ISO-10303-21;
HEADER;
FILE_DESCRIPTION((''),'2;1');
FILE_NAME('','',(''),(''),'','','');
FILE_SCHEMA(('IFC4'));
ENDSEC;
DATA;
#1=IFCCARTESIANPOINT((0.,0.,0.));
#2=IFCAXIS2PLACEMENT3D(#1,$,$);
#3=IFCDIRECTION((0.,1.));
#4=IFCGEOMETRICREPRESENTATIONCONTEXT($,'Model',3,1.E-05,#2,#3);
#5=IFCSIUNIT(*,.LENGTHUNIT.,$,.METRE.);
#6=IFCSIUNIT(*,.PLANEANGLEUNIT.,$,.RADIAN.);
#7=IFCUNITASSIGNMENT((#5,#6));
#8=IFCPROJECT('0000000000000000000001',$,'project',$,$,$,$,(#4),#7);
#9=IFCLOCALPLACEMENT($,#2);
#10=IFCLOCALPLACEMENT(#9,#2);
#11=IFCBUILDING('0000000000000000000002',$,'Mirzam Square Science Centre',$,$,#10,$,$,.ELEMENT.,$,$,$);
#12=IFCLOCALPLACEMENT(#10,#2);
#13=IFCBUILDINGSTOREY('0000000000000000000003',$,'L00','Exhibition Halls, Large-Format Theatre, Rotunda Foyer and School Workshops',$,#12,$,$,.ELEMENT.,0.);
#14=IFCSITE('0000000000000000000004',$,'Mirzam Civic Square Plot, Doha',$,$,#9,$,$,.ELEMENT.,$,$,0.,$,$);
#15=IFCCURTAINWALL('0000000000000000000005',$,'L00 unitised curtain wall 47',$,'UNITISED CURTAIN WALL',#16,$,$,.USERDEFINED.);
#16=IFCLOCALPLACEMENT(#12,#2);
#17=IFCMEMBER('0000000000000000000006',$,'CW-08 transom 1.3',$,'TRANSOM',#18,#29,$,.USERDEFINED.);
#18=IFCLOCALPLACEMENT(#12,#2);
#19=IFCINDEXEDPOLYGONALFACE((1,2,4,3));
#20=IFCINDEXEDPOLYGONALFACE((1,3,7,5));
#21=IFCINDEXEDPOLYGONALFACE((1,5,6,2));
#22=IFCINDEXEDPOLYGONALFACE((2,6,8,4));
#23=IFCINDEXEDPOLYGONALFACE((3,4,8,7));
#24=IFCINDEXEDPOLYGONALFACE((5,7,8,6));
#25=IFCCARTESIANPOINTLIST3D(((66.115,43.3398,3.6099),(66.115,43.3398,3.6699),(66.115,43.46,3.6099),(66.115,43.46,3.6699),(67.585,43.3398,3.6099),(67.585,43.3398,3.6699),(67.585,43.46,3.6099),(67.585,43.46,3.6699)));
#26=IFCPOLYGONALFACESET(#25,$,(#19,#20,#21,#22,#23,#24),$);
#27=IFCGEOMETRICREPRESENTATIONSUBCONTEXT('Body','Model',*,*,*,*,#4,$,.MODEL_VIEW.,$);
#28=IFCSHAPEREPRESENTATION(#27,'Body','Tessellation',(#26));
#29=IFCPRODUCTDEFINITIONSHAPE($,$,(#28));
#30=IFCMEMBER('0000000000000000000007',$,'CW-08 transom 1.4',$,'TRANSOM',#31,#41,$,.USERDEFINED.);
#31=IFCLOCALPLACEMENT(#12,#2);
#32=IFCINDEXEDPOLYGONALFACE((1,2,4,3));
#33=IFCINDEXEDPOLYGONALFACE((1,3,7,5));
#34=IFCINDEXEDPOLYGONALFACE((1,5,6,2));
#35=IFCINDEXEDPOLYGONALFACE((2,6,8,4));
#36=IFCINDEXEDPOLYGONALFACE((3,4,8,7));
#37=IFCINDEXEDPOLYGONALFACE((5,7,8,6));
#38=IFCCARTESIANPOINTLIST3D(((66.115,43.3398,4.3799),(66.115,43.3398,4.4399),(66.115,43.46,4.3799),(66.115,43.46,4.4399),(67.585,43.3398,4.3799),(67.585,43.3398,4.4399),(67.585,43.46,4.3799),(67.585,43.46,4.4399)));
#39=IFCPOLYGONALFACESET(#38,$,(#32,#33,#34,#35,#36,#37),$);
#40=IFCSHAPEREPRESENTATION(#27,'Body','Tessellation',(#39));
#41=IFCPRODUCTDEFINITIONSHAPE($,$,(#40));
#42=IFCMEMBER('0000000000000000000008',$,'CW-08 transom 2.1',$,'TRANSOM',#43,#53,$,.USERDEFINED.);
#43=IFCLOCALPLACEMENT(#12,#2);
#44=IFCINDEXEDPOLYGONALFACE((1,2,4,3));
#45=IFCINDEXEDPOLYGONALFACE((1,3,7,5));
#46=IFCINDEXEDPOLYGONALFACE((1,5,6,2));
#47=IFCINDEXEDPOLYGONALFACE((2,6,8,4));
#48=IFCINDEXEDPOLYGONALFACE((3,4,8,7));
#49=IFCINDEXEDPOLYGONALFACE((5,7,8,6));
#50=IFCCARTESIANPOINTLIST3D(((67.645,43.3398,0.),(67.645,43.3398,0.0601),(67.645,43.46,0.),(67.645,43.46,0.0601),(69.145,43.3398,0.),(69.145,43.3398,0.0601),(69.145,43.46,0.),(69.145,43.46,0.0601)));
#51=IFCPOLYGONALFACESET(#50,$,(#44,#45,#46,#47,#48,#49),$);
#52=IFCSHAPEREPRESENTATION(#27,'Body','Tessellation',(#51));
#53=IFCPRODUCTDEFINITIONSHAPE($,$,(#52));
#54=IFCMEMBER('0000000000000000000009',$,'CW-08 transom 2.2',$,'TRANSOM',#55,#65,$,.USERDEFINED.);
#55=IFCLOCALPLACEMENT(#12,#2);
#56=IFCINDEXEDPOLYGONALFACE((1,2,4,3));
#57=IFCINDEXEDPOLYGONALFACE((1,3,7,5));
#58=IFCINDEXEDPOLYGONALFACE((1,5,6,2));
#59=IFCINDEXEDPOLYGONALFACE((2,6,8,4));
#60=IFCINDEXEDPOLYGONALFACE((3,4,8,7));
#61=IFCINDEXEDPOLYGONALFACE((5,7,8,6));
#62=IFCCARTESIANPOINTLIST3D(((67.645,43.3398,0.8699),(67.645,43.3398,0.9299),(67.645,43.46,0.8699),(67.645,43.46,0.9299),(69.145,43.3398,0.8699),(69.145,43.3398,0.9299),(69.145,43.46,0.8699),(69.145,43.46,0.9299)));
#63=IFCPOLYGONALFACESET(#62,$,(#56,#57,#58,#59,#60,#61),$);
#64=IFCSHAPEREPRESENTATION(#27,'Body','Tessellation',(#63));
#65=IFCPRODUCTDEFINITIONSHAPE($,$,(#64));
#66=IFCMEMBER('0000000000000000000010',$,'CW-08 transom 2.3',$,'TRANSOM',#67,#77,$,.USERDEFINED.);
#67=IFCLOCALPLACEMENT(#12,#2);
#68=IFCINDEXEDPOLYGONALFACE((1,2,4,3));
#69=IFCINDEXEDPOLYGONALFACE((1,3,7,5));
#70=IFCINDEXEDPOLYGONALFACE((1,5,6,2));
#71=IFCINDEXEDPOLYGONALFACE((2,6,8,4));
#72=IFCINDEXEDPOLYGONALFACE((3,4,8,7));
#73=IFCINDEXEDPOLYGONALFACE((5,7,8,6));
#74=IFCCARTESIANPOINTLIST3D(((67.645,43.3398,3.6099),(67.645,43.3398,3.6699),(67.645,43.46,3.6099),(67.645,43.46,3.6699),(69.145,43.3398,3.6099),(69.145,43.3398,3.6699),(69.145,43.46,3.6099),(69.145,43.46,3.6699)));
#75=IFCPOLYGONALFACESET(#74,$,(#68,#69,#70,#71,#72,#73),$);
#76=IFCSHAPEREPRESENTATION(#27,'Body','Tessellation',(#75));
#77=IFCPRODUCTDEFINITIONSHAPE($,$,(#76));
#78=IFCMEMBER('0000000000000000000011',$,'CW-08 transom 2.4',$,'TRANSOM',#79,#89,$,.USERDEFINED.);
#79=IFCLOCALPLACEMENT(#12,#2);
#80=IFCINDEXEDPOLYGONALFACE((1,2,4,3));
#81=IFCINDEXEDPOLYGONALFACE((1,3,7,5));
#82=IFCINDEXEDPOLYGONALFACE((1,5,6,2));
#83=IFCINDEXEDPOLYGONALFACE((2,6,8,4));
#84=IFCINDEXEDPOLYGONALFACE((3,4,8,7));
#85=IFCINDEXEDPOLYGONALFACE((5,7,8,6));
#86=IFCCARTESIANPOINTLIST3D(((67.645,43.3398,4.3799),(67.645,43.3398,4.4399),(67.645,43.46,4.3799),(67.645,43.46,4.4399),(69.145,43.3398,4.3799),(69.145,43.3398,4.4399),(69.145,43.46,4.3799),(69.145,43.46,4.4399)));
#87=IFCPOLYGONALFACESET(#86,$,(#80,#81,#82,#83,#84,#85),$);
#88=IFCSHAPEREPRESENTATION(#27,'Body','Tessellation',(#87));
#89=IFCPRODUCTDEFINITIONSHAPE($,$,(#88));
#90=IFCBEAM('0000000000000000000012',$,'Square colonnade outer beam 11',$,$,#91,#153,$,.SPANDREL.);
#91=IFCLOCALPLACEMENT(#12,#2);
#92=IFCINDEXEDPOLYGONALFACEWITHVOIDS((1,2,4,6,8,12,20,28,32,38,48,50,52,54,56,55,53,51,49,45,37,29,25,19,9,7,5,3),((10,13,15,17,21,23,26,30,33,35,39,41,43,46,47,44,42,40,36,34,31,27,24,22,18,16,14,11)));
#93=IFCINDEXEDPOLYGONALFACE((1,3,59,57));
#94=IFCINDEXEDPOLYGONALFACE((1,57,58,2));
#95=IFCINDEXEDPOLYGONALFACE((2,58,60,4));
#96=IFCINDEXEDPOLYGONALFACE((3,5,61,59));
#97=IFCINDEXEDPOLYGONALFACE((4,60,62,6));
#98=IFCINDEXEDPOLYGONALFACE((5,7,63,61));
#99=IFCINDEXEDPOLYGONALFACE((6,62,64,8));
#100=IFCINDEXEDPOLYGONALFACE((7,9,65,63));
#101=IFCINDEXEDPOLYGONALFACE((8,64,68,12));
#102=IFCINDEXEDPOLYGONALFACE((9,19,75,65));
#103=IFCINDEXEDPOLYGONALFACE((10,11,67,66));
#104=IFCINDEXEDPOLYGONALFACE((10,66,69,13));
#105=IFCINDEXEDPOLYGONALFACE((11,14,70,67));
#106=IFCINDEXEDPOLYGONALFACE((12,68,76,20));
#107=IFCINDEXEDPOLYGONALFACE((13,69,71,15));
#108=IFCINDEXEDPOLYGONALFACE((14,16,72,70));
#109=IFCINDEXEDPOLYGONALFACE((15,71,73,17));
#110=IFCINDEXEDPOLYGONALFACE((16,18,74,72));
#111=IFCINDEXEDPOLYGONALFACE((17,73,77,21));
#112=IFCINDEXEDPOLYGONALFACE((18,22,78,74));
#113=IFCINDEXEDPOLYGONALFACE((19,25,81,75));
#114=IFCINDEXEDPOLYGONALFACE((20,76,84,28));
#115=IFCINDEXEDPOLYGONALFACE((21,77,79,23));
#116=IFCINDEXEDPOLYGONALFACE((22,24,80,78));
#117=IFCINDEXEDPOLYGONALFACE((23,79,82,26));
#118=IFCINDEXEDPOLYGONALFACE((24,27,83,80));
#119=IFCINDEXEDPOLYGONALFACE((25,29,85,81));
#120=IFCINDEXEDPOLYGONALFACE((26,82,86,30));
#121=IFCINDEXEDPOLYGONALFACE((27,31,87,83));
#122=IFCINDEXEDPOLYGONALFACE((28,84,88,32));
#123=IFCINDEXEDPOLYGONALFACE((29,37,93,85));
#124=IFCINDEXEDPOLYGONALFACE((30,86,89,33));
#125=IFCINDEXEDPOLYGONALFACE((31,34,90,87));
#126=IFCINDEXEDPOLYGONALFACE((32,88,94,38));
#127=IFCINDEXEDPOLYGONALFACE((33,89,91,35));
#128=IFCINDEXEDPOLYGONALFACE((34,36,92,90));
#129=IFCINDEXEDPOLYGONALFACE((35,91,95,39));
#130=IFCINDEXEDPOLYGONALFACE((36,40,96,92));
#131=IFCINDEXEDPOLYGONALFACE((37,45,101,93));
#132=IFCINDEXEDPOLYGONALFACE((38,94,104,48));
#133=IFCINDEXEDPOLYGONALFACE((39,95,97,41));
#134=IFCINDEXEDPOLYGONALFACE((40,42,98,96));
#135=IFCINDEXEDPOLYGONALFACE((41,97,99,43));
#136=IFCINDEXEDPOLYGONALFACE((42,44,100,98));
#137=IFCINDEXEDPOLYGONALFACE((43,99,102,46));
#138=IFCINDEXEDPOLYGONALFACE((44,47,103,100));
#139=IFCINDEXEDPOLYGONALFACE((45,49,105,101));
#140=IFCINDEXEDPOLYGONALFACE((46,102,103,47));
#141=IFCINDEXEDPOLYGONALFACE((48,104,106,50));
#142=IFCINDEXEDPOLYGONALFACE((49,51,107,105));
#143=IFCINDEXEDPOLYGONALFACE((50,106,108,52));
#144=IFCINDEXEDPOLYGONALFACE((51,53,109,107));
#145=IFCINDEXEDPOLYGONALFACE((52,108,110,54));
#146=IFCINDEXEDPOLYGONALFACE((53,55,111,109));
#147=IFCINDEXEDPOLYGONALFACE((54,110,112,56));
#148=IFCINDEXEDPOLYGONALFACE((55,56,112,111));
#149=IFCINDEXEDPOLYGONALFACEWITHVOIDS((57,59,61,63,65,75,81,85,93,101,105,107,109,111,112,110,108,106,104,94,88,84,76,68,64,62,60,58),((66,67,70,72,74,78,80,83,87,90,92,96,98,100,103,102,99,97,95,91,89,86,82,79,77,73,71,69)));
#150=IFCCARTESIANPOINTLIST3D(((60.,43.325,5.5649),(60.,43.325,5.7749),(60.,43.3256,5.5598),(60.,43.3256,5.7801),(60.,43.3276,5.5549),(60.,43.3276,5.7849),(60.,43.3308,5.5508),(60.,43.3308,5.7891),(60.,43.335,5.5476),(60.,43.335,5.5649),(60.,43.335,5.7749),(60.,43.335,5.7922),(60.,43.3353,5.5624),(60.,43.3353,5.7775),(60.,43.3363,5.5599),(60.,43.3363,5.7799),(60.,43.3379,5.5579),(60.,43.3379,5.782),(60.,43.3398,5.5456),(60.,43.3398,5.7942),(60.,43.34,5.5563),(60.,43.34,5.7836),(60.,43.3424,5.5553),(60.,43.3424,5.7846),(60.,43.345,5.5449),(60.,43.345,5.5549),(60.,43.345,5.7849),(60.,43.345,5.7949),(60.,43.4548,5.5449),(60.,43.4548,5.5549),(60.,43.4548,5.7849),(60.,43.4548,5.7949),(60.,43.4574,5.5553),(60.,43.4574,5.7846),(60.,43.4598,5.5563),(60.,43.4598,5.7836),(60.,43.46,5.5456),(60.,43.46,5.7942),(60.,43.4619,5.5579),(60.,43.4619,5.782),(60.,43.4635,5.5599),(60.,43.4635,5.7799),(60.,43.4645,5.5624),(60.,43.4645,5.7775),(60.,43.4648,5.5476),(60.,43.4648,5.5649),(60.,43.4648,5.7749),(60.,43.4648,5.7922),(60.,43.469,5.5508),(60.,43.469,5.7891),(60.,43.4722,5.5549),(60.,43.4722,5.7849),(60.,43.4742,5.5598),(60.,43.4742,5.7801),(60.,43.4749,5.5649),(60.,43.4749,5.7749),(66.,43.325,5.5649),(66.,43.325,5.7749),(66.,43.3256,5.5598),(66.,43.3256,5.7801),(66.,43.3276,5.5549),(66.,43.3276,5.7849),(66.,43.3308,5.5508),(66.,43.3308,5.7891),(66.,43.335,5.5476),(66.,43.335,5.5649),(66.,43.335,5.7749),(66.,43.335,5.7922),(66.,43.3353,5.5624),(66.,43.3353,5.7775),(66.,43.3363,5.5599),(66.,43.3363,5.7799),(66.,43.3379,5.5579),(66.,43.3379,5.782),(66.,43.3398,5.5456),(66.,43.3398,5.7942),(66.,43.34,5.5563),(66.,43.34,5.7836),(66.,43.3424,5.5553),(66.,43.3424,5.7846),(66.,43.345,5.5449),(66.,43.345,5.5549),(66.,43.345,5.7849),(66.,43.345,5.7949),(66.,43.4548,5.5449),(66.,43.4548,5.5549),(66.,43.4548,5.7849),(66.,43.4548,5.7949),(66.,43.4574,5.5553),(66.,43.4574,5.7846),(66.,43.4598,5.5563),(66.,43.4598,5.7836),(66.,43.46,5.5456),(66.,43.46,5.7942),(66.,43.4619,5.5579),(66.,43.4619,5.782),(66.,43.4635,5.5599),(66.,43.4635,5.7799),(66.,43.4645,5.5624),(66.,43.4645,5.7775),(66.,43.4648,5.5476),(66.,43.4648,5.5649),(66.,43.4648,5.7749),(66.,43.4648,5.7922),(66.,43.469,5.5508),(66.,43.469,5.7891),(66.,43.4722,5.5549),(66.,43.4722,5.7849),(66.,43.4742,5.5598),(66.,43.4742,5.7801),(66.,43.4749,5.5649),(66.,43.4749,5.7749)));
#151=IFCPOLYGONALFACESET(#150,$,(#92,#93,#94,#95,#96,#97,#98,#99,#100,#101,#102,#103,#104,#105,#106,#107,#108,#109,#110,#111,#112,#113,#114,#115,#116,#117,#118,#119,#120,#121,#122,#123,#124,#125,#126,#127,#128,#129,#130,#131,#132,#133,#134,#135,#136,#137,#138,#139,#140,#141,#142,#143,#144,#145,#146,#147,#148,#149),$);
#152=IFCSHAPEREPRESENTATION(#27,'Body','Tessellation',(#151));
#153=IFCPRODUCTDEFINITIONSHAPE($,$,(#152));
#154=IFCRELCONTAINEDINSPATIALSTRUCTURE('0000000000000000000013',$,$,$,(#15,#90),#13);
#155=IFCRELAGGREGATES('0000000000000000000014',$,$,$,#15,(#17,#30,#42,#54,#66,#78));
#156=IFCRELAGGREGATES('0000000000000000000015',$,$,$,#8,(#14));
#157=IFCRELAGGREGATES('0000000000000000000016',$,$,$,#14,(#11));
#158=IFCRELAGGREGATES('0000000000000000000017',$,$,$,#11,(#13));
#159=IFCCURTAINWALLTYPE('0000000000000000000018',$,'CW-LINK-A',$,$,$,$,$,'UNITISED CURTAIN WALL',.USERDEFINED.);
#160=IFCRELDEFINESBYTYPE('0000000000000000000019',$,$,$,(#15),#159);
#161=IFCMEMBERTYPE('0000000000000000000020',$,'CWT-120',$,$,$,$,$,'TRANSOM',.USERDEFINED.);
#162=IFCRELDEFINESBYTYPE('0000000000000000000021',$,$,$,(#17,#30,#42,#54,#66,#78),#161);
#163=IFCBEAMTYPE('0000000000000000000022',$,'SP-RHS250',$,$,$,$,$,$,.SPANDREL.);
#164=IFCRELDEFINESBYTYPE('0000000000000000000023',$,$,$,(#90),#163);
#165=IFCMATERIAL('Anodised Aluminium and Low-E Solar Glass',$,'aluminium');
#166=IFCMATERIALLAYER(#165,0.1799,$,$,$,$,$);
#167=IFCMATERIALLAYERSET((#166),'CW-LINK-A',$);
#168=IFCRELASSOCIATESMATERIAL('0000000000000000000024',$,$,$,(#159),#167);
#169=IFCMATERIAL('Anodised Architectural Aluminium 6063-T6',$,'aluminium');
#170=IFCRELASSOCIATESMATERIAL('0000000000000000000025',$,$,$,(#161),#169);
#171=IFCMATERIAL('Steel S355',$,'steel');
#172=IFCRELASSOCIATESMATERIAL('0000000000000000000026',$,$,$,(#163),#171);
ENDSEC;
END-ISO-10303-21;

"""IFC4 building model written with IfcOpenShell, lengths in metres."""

from ifc_helpers import new_model, si_unit, direction, frame, origin, origin_2d, place, context, subcontext, project, spatial, rectangle, hollow_rectangle, extrude, material, layer, layer_set, material_profile, profile_set, type_object, element, aggregate, save


model = new_model("IFC4")

# Units and contexts
model_context = context("Model", 3, precision=1e-05, world=origin(), true_north=direction((0.0, 1.0)))
body_context = subcontext(model_context, "Body", "Model", "MODEL_VIEW")
ifc_project = project(units=[si_unit("LENGTHUNIT", "METRE"), si_unit("PLANEANGLEUNIT", "RADIAN")], contexts=[model_context])

# Site, building, storey
site_placement = place(None, origin())
site = spatial("IfcSite", under=ifc_project, at=site_placement, Name="Mirzam Civic Square Plot, Doha", CompositionType="ELEMENT", RefElevation=0.0)
building_placement = place(site_placement, origin())
building = spatial("IfcBuilding", under=site, at=building_placement, Name="Mirzam Square Science Centre", CompositionType="ELEMENT")
storey_placement = place(building_placement, origin())
storey = spatial("IfcBuildingStorey", under=building, at=storey_placement, Name="L00", Description="Exhibition Halls, Large-Format Theatre, Rotunda Foyer and School Workshops", CompositionType="ELEMENT", Elevation=0.0)

# Shared definitions
ifc_material_1 = material(Name="Steel S355", Category="steel")

# Curtain wall, members
ifc_material_2 = material(Name="Anodised Aluminium and Low-E Solar Glass", Category="aluminium")
ifc_layer_1 = layer(ifc_material_2, 0.1799)
ifc_layer_set_1 = layer_set([ifc_layer_1], Name="CW-LINK-A")
curtain_wall_type = type_object("IfcCurtainWallType", Name="CW-LINK-A", ElementType="UNITISED CURTAIN WALL", PredefinedType="USERDEFINED", material=ifc_layer_set_1)
curtain_wall_placement = place(storey_placement, origin())
curtain_wall = element("IfcCurtainWall", 1, at=curtain_wall_placement, inside=storey, type_object=curtain_wall_type, Name="L00 unitised curtain wall 47", ObjectType="UNITISED CURTAIN WALL", PredefinedType="USERDEFINED")
ifc_material_3 = material(Name="Anodised Architectural Aluminium 6063-T6", Category="aluminium")
ifc_material_profile_1 = material_profile(ifc_material_3, rectangle(XDim=0.1201, YDim=0.0601, at=origin_2d()), Name="ALU-TRAN-120x60x4")
ifc_profile_set_1 = profile_set([ifc_material_profile_1], Name="Anodised Architectural Aluminium 6063-T6")
member_type_1 = type_object("IfcMemberType", Name="CWT-120", ElementType="TRANSOM", PredefinedType="USERDEFINED", material=ifc_profile_set_1)
member_1_placement = place(storey_placement, frame((66.115, 43.3999, 3.6399), z_axis=(1.0, 0.0, 0.0), x_axis=(0.0, 1.0, 0.0)))
member_1 = element("IfcMember", 2, at=member_1_placement, type_object=member_type_1, Name="CW-08 transom 1.3", ObjectType="TRANSOM", PredefinedType="USERDEFINED", context=body_context, shape_type="SweptSolid", body=[
    extrude(rectangle(XDim=0.1201, YDim=0.0601, at=origin_2d()), origin(), (0.0, 0.0, 1.0), 1.47),
])
member_2_placement = place(storey_placement, frame((66.115, 43.3999, 4.4099), z_axis=(1.0, 0.0, 0.0), x_axis=(0.0, 1.0, 0.0)))
member_2 = element("IfcMember", 3, at=member_2_placement, type_object=member_type_1, Name="CW-08 transom 1.4", ObjectType="TRANSOM", PredefinedType="USERDEFINED", context=body_context, shape_type="SweptSolid", body=[
    extrude(rectangle(XDim=0.1201, YDim=0.0601, at=origin_2d()), origin(), (0.0, 0.0, 1.0), 1.47),
])
member_3_placement = place(storey_placement, frame((67.645, 43.3999, 0.03), z_axis=(1.0, 0.0, 0.0), x_axis=(0.0, 1.0, 0.0)))
member_3 = element("IfcMember", 4, at=member_3_placement, type_object=member_type_1, Name="CW-08 transom 2.1", ObjectType="TRANSOM", PredefinedType="USERDEFINED", context=body_context, shape_type="SweptSolid", body=[
    extrude(rectangle(XDim=0.1201, YDim=0.0601, at=origin_2d()), origin(), (0.0, 0.0, 1.0), 1.5),
])
member_4_placement = place(storey_placement, frame((67.645, 43.3999, 0.8999), z_axis=(1.0, 0.0, 0.0), x_axis=(0.0, 1.0, 0.0)))
member_4 = element("IfcMember", 5, at=member_4_placement, type_object=member_type_1, Name="CW-08 transom 2.2", ObjectType="TRANSOM", PredefinedType="USERDEFINED", context=body_context, shape_type="SweptSolid", body=[
    extrude(rectangle(XDim=0.1201, YDim=0.0601, at=origin_2d()), origin(), (0.0, 0.0, 1.0), 1.5),
])
member_5_placement = place(storey_placement, frame((67.645, 43.3999, 3.6399), z_axis=(1.0, 0.0, 0.0), x_axis=(0.0, 1.0, 0.0)))
member_5 = element("IfcMember", 6, at=member_5_placement, type_object=member_type_1, Name="CW-08 transom 2.3", ObjectType="TRANSOM", PredefinedType="USERDEFINED", context=body_context, shape_type="SweptSolid", body=[
    extrude(rectangle(XDim=0.1201, YDim=0.0601, at=origin_2d()), origin(), (0.0, 0.0, 1.0), 1.5),
])
member_6_placement = place(storey_placement, frame((67.645, 43.3999, 4.4099), z_axis=(1.0, 0.0, 0.0), x_axis=(0.0, 1.0, 0.0)))
member_6 = element("IfcMember", 7, at=member_6_placement, type_object=member_type_1, Name="CW-08 transom 2.4", ObjectType="TRANSOM", PredefinedType="USERDEFINED", context=body_context, shape_type="SweptSolid", body=[
    extrude(rectangle(XDim=0.1201, YDim=0.0601, at=origin_2d()), origin(), (0.0, 0.0, 1.0), 1.5),
])

# Beam
ifc_material_profile_2 = material_profile(ifc_material_1, hollow_rectangle(XDim=0.1499, YDim=0.25, WallThickness=0.01, InnerFilletRadius=0.01, OuterFilletRadius=0.02, at=origin_2d()), Name="250x150x10.0RHS")
ifc_profile_set_2 = profile_set([ifc_material_profile_2], Name="Steel S355")
beam_type_1 = type_object("IfcBeamType", Name="SP-RHS250", PredefinedType="SPANDREL", material=ifc_profile_set_2)
beam_1_placement = place(storey_placement, frame((60.0, 43.3999, 5.6699), z_axis=(1.0, 0.0, 0.0), x_axis=(0.0, 1.0, 0.0)))
element("IfcBeam", 8, at=beam_1_placement, inside=storey, type_object=beam_type_1, Name="Square colonnade outer beam 11", PredefinedType="SPANDREL", context=body_context, shape_type="SweptSolid", body=[
    extrude(hollow_rectangle(XDim=0.1499, YDim=0.25, WallThickness=0.01, InnerFilletRadius=0.01, OuterFilletRadius=0.02, at=origin_2d()), origin(), (0.0, 0.0, 1.0), 6.0),
])

aggregate(curtain_wall, [member_1, member_2, member_3, member_4, member_5, member_6])

save(model, "model.ifc")
